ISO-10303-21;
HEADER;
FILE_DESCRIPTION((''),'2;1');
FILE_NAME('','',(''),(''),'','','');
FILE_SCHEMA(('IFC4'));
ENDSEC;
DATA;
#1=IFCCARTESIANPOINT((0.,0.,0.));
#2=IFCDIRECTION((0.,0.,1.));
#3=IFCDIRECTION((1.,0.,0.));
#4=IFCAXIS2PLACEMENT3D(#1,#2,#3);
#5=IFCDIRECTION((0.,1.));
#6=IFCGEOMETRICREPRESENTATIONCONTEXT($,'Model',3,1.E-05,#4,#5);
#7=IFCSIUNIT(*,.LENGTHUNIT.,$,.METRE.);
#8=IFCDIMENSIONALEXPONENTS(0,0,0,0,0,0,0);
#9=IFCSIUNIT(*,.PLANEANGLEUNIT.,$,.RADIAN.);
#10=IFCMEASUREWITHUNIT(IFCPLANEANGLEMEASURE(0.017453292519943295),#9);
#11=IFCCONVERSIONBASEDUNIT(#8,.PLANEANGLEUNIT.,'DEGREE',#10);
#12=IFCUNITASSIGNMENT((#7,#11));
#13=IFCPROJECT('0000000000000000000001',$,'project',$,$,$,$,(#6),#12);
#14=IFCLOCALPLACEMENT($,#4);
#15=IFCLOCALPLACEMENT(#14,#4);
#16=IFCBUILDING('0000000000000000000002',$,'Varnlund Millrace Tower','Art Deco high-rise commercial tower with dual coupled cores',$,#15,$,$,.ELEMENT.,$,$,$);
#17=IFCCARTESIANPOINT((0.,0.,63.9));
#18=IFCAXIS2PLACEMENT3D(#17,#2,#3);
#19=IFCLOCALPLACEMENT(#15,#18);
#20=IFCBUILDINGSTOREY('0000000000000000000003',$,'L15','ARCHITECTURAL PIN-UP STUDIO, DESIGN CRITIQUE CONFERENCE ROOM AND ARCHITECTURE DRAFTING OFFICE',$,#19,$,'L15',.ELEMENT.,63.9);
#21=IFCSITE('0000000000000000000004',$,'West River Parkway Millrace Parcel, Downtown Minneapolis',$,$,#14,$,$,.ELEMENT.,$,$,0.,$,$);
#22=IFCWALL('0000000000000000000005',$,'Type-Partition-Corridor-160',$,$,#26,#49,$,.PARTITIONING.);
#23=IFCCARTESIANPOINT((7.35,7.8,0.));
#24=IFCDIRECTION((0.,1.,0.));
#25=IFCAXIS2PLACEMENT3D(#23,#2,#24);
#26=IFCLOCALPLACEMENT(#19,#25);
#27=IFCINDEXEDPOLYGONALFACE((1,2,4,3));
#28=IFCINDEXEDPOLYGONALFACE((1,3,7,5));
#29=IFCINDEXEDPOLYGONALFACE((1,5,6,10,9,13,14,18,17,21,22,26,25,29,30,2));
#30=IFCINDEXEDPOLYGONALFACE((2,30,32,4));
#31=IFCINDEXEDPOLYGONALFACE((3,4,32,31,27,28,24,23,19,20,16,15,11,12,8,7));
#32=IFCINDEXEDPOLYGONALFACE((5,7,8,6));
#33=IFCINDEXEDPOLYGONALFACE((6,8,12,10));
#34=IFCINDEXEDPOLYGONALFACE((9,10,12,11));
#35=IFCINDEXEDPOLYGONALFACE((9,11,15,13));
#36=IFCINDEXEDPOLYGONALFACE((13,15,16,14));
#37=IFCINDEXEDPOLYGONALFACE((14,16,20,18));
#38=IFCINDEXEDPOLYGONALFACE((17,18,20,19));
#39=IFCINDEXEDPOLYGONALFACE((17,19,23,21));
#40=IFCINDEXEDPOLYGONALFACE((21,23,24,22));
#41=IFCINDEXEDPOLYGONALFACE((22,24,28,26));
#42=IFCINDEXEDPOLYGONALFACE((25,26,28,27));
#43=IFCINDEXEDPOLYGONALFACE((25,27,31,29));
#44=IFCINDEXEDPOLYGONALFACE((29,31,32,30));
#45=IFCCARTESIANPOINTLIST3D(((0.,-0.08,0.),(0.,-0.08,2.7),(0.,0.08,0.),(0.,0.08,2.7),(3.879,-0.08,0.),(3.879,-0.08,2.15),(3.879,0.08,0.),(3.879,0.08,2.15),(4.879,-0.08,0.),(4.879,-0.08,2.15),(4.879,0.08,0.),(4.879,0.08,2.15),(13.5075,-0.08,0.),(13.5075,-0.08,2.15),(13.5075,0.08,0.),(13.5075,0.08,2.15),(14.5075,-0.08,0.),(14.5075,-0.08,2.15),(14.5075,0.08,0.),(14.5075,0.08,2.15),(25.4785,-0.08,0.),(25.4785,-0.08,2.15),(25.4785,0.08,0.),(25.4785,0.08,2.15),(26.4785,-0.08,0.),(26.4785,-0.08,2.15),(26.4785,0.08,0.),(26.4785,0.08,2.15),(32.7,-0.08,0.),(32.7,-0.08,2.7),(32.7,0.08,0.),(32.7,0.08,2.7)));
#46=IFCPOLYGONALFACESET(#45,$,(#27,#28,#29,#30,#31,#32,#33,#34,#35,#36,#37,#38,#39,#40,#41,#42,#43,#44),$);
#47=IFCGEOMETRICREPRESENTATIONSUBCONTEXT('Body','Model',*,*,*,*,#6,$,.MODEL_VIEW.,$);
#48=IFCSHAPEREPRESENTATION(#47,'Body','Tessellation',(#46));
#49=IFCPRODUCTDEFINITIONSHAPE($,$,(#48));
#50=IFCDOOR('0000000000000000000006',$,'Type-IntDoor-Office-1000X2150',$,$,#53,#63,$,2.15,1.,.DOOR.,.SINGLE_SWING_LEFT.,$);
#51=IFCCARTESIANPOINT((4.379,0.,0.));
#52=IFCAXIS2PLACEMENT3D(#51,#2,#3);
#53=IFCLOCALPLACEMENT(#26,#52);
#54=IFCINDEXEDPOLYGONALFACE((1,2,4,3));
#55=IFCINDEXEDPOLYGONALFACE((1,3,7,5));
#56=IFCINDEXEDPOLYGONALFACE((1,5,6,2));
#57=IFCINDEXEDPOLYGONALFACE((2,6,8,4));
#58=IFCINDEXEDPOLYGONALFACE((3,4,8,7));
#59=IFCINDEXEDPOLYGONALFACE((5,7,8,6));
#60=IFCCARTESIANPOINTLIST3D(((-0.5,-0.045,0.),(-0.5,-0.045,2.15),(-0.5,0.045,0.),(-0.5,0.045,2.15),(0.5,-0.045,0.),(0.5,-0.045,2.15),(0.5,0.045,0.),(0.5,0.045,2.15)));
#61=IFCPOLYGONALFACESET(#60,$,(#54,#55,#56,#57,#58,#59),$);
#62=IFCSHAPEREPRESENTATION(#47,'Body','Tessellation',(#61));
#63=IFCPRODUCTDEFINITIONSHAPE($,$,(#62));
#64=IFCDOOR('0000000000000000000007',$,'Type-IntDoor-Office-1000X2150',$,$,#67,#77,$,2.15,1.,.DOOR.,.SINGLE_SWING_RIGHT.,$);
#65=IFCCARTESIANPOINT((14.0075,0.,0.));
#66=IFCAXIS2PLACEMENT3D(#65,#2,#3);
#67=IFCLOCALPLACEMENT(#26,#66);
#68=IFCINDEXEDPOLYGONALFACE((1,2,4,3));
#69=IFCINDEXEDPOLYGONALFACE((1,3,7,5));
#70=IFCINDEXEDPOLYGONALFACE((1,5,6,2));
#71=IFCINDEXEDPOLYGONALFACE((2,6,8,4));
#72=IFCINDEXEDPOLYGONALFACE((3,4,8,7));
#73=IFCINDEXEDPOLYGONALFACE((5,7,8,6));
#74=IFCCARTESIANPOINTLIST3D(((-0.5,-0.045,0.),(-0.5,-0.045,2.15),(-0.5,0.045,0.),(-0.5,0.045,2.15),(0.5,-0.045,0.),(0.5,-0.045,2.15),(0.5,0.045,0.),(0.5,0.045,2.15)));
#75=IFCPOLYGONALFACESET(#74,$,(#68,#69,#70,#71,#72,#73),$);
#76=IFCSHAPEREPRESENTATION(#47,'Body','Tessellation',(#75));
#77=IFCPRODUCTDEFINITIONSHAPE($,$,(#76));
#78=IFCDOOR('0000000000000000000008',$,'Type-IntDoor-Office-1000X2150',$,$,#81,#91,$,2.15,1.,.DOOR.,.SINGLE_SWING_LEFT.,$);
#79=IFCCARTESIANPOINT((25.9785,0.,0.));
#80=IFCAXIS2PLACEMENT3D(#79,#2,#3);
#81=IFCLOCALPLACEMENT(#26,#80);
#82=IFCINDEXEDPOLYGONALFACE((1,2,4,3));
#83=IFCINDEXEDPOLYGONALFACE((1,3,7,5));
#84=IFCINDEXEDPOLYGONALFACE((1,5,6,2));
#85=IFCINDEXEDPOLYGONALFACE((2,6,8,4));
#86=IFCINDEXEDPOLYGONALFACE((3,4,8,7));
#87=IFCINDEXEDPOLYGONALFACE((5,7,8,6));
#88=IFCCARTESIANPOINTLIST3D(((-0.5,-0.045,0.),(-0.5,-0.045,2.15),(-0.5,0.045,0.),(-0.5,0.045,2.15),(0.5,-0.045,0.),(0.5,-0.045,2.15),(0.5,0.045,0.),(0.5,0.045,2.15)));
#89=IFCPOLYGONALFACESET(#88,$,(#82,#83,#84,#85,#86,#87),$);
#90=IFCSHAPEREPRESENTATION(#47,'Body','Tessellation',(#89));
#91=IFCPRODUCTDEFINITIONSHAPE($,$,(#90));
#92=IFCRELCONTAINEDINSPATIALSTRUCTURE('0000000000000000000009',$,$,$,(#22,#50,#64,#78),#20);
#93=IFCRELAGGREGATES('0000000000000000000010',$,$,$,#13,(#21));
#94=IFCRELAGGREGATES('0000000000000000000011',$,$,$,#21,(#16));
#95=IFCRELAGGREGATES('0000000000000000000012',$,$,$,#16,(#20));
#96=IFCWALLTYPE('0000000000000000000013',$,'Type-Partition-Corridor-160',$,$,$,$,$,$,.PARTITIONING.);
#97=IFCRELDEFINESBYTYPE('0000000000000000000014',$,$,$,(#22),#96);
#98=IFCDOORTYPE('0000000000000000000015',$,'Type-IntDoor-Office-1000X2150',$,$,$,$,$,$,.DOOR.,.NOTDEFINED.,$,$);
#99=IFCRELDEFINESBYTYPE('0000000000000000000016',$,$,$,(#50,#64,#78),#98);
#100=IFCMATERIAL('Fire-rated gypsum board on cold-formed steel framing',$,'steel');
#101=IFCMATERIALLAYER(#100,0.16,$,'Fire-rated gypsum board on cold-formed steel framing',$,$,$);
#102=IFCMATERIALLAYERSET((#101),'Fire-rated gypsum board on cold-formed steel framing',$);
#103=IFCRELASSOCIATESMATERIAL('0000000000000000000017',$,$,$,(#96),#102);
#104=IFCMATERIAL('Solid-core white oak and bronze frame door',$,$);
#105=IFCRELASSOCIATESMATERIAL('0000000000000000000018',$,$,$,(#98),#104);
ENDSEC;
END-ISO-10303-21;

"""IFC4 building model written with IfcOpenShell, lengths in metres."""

from ifc_helpers import new_model, entity, si_unit, converted_unit, direction, frame, origin_with_axes, origin_2d_with_axis, place, context, subcontext, project, spatial, polyline, rectangle, outline, extrude, material, layer, layer_set, type_object, element, fill, save


model = new_model("IFC4")

# Units and contexts
model_context = context("Model", 3, precision=1e-05, world=origin_with_axes(), true_north=direction((0.0, 1.0)))
body_context = subcontext(model_context, "Body", "Model", "MODEL_VIEW")
ifc_project = project(units=[si_unit("LENGTHUNIT", "METRE"), converted_unit("PLANEANGLEUNIT", "DEGREE", entity("IfcPlaneAngleMeasure", 0.017453292519943295), si_unit("PLANEANGLEUNIT", "RADIAN"), dimensions=[0, 0, 0, 0, 0, 0, 0])], contexts=[model_context])

# Site, building, storey
site_placement = place(None, origin_with_axes())
site = spatial("IfcSite", under=ifc_project, at=site_placement, Name="West River Parkway Millrace Parcel, Downtown Minneapolis", CompositionType="ELEMENT", RefElevation=0.0)
building_placement = place(site_placement, origin_with_axes())
building = spatial("IfcBuilding", under=site, at=building_placement, Name="Varnlund Millrace Tower", Description="Art Deco high-rise commercial tower with dual coupled cores", CompositionType="ELEMENT")
storey_placement = place(building_placement, frame((0.0, 0.0, 63.9), z_axis=(0.0, 0.0, 1.0), x_axis=(1.0, 0.0, 0.0)))
storey = spatial("IfcBuildingStorey", under=building, at=storey_placement, Name="L15", Description="ARCHITECTURAL PIN-UP STUDIO, DESIGN CRITIQUE CONFERENCE ROOM AND ARCHITECTURE DRAFTING OFFICE", LongName="L15", CompositionType="ELEMENT", Elevation=63.9)

# Wall, openings, doors
ifc_material_1 = material(Name="Fire-rated gypsum board on cold-formed steel framing", Category="steel")
ifc_layer_1 = layer(ifc_material_1, 0.16, Name="Fire-rated gypsum board on cold-formed steel framing")
ifc_layer_set_1 = layer_set([ifc_layer_1], Name="Fire-rated gypsum board on cold-formed steel framing")
wall_type_1 = type_object("IfcWallType", Name="Type-Partition-Corridor-160", PredefinedType="PARTITIONING", material=ifc_layer_set_1)
ifc_material_2 = material(Name="Solid-core white oak and bronze frame door")
door_type_1 = type_object("IfcDoorType", Name="Type-IntDoor-Office-1000X2150", OperationType="NOTDEFINED", PredefinedType="DOOR", material=ifc_material_2)
wall_1_placement = place(storey_placement, frame((7.35, 7.8, 0.0), z_axis=(0.0, 0.0, 1.0), x_axis=(0.0, 1.0, 0.0)))
wall_1 = element("IfcWall", 1, at=wall_1_placement, inside=storey, type_object=wall_type_1, Name="Type-Partition-Corridor-160", PredefinedType="PARTITIONING", context=body_context, shape_type="SweptSolid", body=[
    extrude(outline(polyline([(0.0, -0.08), (32.7, -0.08), (32.7, 0.08), (0.0, 0.08), (0.0, -0.08)])), origin_with_axes(), (0.0, 0.0, 1.0), 2.7),
])
opening_1_placement = place(wall_1_placement, frame((4.379, 0.0, 0.0), z_axis=(0.0, 0.0, 1.0), x_axis=(1.0, 0.0, 0.0)))
opening_1 = element("IfcOpeningElement", 2, at=opening_1_placement, cuts=wall_1, PredefinedType="OPENING", context=body_context, shape_type="SweptSolid", body=[
    extrude(rectangle(XDim=1.0, YDim=0.18, at=origin_2d_with_axis()), origin_with_axes(), (0.0, 0.0, 1.0), 2.15),
])
opening_2_placement = place(wall_1_placement, frame((14.0075, 0.0, 0.0), z_axis=(0.0, 0.0, 1.0), x_axis=(1.0, 0.0, 0.0)))
opening_2 = element("IfcOpeningElement", 3, at=opening_2_placement, cuts=wall_1, PredefinedType="OPENING", context=body_context, shape_type="SweptSolid", body=[
    extrude(rectangle(XDim=1.0, YDim=0.18, at=origin_2d_with_axis()), origin_with_axes(), (0.0, 0.0, 1.0), 2.15),
])
opening_3_placement = place(wall_1_placement, frame((25.9785, 0.0, 0.0), z_axis=(0.0, 0.0, 1.0), x_axis=(1.0, 0.0, 0.0)))
opening_3 = element("IfcOpeningElement", 4, at=opening_3_placement, cuts=wall_1, PredefinedType="OPENING", context=body_context, shape_type="SweptSolid", body=[
    extrude(rectangle(XDim=1.0, YDim=0.18, at=origin_2d_with_axis()), origin_with_axes(), (0.0, 0.0, 1.0), 2.15),
])
door_1_placement = place(wall_1_placement, frame((4.379, 0.0, 0.0), z_axis=(0.0, 0.0, 1.0), x_axis=(1.0, 0.0, 0.0)))
door_1 = element("IfcDoor", 5, at=door_1_placement, inside=storey, type_object=door_type_1, Name="Type-IntDoor-Office-1000X2150", OperationType="SINGLE_SWING_LEFT", OverallHeight=2.15, OverallWidth=1.0, PredefinedType="DOOR", context=body_context, shape_type="SweptSolid", body=[
    extrude(rectangle(XDim=1.0, YDim=0.09, at=origin_2d_with_axis()), origin_with_axes(), (0.0, 0.0, 1.0), 2.15),
])
fill(opening_1, door_1)
door_2_placement = place(wall_1_placement, frame((14.0075, 0.0, 0.0), z_axis=(0.0, 0.0, 1.0), x_axis=(1.0, 0.0, 0.0)))
door_2 = element("IfcDoor", 6, at=door_2_placement, inside=storey, type_object=door_type_1, Name="Type-IntDoor-Office-1000X2150", OperationType="SINGLE_SWING_RIGHT", OverallHeight=2.15, OverallWidth=1.0, PredefinedType="DOOR", context=body_context, shape_type="SweptSolid", body=[
    extrude(rectangle(XDim=1.0, YDim=0.09, at=origin_2d_with_axis()), origin_with_axes(), (0.0, 0.0, 1.0), 2.15),
])
fill(opening_2, door_2)
door_3_placement = place(wall_1_placement, frame((25.9785, 0.0, 0.0), z_axis=(0.0, 0.0, 1.0), x_axis=(1.0, 0.0, 0.0)))
door_3 = element("IfcDoor", 7, at=door_3_placement, inside=storey, type_object=door_type_1, Name="Type-IntDoor-Office-1000X2150", OperationType="SINGLE_SWING_LEFT", OverallHeight=2.15, OverallWidth=1.0, PredefinedType="DOOR", context=body_context, shape_type="SweptSolid", body=[
    extrude(rectangle(XDim=1.0, YDim=0.09, at=origin_2d_with_axis()), origin_with_axes(), (0.0, 0.0, 1.0), 2.15),
])
fill(opening_3, door_3)

save(model, "model.ifc")
